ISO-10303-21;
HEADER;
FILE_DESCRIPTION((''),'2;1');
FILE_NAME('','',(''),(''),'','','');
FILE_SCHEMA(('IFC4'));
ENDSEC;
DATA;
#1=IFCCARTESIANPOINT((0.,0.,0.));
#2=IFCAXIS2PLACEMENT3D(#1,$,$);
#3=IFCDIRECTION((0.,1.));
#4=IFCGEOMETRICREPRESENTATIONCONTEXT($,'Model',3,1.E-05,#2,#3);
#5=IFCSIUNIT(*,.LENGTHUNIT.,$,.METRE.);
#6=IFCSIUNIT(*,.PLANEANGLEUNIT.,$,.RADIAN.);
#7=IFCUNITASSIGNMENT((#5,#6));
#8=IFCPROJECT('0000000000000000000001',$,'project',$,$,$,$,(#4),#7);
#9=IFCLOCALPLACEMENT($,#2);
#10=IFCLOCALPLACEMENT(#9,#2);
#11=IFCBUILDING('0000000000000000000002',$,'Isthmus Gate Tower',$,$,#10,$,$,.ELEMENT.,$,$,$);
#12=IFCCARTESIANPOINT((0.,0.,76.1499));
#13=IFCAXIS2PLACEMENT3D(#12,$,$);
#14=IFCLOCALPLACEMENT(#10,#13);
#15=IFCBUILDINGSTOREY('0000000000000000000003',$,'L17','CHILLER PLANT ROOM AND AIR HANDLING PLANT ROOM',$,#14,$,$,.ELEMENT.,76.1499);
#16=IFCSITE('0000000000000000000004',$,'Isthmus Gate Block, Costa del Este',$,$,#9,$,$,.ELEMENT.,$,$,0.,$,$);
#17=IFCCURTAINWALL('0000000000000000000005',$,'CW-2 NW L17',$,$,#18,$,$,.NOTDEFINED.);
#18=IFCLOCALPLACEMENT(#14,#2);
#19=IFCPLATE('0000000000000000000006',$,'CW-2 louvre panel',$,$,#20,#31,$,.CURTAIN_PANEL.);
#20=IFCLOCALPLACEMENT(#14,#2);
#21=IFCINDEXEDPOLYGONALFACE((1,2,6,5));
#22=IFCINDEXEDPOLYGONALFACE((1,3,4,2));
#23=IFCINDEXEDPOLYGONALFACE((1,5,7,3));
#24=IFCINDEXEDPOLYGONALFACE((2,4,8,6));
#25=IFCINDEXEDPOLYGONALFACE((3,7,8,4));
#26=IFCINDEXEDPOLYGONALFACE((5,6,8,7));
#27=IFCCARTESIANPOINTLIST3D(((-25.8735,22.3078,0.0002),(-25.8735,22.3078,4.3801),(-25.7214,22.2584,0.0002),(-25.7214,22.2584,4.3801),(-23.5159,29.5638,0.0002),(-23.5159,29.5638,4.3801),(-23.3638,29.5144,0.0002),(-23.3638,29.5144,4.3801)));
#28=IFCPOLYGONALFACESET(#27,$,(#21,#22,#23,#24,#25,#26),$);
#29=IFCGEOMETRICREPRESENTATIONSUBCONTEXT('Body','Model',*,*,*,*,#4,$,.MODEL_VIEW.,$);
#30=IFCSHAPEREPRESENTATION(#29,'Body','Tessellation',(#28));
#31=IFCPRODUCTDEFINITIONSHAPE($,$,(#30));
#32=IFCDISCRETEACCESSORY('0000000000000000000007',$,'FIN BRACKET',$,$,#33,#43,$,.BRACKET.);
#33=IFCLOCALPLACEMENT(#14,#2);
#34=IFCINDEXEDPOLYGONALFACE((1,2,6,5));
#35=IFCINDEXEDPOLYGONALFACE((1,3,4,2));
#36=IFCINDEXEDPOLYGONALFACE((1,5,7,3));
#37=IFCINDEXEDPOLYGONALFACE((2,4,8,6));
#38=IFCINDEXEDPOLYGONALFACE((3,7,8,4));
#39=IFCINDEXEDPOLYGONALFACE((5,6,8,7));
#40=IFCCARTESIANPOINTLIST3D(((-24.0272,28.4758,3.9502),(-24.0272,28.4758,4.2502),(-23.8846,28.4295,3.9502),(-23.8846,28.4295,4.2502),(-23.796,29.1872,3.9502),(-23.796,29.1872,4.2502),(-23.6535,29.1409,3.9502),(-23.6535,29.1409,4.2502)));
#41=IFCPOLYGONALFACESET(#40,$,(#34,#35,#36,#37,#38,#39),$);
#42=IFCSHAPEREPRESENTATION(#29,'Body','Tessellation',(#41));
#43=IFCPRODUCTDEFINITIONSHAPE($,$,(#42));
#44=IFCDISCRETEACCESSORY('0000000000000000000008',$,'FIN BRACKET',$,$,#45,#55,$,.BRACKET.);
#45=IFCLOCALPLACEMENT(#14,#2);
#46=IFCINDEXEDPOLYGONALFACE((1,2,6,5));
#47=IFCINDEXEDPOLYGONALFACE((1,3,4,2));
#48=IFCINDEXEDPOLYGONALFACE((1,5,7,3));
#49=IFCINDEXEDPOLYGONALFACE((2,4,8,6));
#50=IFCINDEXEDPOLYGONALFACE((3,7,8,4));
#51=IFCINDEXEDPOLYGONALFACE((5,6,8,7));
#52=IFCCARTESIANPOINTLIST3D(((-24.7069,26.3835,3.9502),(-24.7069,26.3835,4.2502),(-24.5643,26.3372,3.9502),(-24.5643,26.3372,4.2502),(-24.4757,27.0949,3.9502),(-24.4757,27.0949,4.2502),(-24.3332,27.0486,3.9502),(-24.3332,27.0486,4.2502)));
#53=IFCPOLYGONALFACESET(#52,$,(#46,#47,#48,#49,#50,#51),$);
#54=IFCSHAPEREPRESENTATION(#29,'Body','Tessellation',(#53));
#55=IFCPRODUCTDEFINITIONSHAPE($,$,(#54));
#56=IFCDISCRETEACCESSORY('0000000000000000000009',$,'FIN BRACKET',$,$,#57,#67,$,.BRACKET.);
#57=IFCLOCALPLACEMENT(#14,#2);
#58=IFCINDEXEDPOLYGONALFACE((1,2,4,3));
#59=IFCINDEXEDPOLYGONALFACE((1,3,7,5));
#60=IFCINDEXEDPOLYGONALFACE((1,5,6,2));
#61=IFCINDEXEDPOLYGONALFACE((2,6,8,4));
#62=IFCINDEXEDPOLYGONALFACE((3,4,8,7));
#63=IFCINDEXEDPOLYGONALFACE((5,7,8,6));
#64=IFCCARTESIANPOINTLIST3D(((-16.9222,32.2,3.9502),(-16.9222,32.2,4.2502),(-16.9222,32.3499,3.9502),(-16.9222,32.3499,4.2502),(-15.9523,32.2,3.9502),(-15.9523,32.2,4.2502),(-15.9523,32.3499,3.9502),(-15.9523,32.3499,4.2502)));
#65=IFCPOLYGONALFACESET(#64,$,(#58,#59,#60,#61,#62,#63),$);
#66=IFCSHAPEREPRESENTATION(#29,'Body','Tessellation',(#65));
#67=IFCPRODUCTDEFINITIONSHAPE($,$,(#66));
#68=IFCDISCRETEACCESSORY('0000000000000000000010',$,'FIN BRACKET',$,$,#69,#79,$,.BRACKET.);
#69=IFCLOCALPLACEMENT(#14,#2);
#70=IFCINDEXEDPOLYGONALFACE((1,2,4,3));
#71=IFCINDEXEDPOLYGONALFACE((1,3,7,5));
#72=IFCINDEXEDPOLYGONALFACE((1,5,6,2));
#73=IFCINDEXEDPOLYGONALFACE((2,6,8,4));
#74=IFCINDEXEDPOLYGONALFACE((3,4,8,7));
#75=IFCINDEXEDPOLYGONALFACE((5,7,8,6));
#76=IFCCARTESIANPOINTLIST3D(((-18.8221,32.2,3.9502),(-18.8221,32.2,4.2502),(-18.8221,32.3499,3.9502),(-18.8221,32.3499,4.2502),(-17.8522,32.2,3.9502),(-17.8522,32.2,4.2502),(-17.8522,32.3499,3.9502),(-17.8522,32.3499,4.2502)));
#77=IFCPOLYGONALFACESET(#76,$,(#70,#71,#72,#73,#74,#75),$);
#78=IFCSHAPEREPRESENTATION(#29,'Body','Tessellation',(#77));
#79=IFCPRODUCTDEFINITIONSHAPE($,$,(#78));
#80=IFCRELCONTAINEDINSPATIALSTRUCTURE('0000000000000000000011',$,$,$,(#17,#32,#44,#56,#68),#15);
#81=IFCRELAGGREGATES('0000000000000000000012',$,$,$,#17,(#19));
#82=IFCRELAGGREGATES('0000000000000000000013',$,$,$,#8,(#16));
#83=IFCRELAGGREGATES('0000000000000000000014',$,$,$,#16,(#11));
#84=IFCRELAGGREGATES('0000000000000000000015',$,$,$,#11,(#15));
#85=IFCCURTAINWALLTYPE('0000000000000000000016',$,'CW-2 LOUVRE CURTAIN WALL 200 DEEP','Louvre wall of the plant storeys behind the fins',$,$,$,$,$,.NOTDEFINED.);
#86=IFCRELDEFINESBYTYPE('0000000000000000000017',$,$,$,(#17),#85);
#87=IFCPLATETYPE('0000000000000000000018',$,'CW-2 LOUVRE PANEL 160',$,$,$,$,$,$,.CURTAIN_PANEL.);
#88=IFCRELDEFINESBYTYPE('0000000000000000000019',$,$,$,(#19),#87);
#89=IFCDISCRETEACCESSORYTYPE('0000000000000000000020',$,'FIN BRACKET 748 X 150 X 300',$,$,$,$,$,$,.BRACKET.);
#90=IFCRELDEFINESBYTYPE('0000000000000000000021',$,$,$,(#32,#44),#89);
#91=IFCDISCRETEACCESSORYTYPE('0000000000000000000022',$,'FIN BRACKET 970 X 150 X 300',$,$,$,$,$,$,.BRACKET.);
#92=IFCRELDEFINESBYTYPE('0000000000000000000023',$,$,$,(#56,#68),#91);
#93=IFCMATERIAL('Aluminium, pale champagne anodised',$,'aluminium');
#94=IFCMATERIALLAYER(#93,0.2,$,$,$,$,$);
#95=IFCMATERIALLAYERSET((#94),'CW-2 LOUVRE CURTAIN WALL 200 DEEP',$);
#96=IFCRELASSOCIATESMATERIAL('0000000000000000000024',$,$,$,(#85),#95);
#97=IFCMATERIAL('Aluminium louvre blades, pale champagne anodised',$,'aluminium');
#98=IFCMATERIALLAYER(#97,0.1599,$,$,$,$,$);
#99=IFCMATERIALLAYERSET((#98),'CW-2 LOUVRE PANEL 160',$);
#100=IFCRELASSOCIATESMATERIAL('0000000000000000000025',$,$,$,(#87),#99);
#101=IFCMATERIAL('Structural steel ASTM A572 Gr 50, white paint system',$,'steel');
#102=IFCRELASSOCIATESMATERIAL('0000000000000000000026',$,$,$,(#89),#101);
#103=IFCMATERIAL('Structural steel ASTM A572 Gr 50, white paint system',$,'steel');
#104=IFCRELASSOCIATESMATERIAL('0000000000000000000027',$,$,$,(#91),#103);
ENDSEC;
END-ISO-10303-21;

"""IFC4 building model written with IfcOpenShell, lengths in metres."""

from ifc_helpers import new_model, si_unit, direction, frame, origin, origin_2d, place, context, subcontext, project, spatial, rectangle, extrude, material, layer, layer_set, type_object, element, aggregate, save


model = new_model("IFC4")

# Units and contexts
model_context = context("Model", 3, precision=1e-05, world=origin(), true_north=direction((0.0, 1.0)))
body_context = subcontext(model_context, "Body", "Model", "MODEL_VIEW")
ifc_project = project(units=[si_unit("LENGTHUNIT", "METRE"), si_unit("PLANEANGLEUNIT", "RADIAN")], contexts=[model_context])

# Site, building, storey
site_placement = place(None, origin())
site = spatial("IfcSite", under=ifc_project, at=site_placement, Name="Isthmus Gate Block, Costa del Este", CompositionType="ELEMENT", RefElevation=0.0)
building_placement = place(site_placement, origin())
building = spatial("IfcBuilding", under=site, at=building_placement, Name="Isthmus Gate Tower", CompositionType="ELEMENT")
storey_placement = place(building_placement, frame((0.0, 0.0, 76.1499)))
storey = spatial("IfcBuildingStorey", under=building, at=storey_placement, Name="L17", Description="CHILLER PLANT ROOM AND AIR HANDLING PLANT ROOM", CompositionType="ELEMENT", Elevation=76.1499)

# Curtain wall
ifc_material_1 = material(Name="Aluminium, pale champagne anodised", Category="aluminium")
ifc_layer_1 = layer(ifc_material_1, 0.2)
ifc_layer_set_1 = layer_set([ifc_layer_1], Name="CW-2 LOUVRE CURTAIN WALL 200 DEEP")
curtain_wall_type = type_object("IfcCurtainWallType", Name="CW-2 LOUVRE CURTAIN WALL 200 DEEP", Description="Louvre wall of the plant storeys behind the fins", PredefinedType="NOTDEFINED", material=ifc_layer_set_1)
curtain_wall_1_placement = place(storey_placement, origin())
curtain_wall_1 = element("IfcCurtainWall", 1, at=curtain_wall_1_placement, inside=storey, type_object=curtain_wall_type, Name="CW-2 NW L17", PredefinedType="NOTDEFINED")

# Shared definitions
ifc_material_2 = material(Name="Aluminium louvre blades, pale champagne anodised", Category="aluminium")
ifc_layer_2 = layer(ifc_material_2, 0.1599)
ifc_layer_set_2 = layer_set([ifc_layer_2], Name="CW-2 LOUVRE PANEL 160")
plate_type = type_object("IfcPlateType", Name="CW-2 LOUVRE PANEL 160", PredefinedType="CURTAIN_PANEL", material=ifc_layer_set_2)

# Plate
plate_1_placement = place(storey_placement, frame((-24.6187, 25.9111, 0.0002), z_axis=(0.0, 0.0, 1.0), x_axis=(-0.309017, -0.951057, 0.0)))
plate_1 = element("IfcPlate", 2, at=plate_1_placement, type_object=plate_type, Name="CW-2 louvre panel", PredefinedType="CURTAIN_PANEL", context=body_context, shape_type="SweptSolid", body=[
    extrude(rectangle(XDim=7.6294, YDim=0.1599, at=origin_2d()), origin(), (0.0, 0.0, 1.0), 4.3799),
])
aggregate(curtain_wall_1, [plate_1])

# Discrete accessories
ifc_material_3 = material(Name="Structural steel ASTM A572 Gr 50, white paint system", Category="steel")
discrete_accessory_type_1 = type_object("IfcDiscreteAccessoryType", Name="FIN BRACKET 748 X 150 X 300", PredefinedType="BRACKET", material=ifc_material_3)
for number, where, z_axis, x_axis, name in (
    (3, (-23.8403, 28.8083, 3.9502), (0.0, 0.0, 1.0), (-0.951057, 0.309017, 0.0), "FIN BRACKET"),
    (4, (-24.52, 26.7161, 3.9502), (0.0, 0.0, 1.0), (-0.951057, 0.309017, 0.0), "FIN BRACKET"),
):
    element("IfcDiscreteAccessory", number, at=place(storey_placement, frame(where, z_axis=z_axis, x_axis=x_axis)), inside=storey, type_object=discrete_accessory_type_1, Name=name, PredefinedType="BRACKET", context=body_context, shape_type="SweptSolid", body=[
        extrude(rectangle(XDim=0.1499, YDim=0.748, at=origin_2d()), origin(), (0.0, 0.0, 1.0), 0.3),
    ])
ifc_material_4 = material(Name="Structural steel ASTM A572 Gr 50, white paint system", Category="steel")
discrete_accessory_type_2 = type_object("IfcDiscreteAccessoryType", Name="FIN BRACKET 970 X 150 X 300", PredefinedType="BRACKET", material=ifc_material_4)
for number, where, z_axis, x_axis, name in (
    (5, (-16.4373, 32.2749, 3.9502), (0.0, 0.0, 1.0), (0.0, 1.0, 0.0), "FIN BRACKET"),
    (6, (-18.3372, 32.2749, 3.9502), (0.0, 0.0, 1.0), (0.0, 1.0, 0.0), "FIN BRACKET"),
):
    element("IfcDiscreteAccessory", number, at=place(storey_placement, frame(where, z_axis=z_axis, x_axis=x_axis)), inside=storey, type_object=discrete_accessory_type_2, Name=name, PredefinedType="BRACKET", context=body_context, shape_type="SweptSolid", body=[
        extrude(rectangle(XDim=0.1499, YDim=0.97, at=origin_2d()), origin(), (0.0, 0.0, 1.0), 0.3),
    ])

save(model, "model.ifc")
